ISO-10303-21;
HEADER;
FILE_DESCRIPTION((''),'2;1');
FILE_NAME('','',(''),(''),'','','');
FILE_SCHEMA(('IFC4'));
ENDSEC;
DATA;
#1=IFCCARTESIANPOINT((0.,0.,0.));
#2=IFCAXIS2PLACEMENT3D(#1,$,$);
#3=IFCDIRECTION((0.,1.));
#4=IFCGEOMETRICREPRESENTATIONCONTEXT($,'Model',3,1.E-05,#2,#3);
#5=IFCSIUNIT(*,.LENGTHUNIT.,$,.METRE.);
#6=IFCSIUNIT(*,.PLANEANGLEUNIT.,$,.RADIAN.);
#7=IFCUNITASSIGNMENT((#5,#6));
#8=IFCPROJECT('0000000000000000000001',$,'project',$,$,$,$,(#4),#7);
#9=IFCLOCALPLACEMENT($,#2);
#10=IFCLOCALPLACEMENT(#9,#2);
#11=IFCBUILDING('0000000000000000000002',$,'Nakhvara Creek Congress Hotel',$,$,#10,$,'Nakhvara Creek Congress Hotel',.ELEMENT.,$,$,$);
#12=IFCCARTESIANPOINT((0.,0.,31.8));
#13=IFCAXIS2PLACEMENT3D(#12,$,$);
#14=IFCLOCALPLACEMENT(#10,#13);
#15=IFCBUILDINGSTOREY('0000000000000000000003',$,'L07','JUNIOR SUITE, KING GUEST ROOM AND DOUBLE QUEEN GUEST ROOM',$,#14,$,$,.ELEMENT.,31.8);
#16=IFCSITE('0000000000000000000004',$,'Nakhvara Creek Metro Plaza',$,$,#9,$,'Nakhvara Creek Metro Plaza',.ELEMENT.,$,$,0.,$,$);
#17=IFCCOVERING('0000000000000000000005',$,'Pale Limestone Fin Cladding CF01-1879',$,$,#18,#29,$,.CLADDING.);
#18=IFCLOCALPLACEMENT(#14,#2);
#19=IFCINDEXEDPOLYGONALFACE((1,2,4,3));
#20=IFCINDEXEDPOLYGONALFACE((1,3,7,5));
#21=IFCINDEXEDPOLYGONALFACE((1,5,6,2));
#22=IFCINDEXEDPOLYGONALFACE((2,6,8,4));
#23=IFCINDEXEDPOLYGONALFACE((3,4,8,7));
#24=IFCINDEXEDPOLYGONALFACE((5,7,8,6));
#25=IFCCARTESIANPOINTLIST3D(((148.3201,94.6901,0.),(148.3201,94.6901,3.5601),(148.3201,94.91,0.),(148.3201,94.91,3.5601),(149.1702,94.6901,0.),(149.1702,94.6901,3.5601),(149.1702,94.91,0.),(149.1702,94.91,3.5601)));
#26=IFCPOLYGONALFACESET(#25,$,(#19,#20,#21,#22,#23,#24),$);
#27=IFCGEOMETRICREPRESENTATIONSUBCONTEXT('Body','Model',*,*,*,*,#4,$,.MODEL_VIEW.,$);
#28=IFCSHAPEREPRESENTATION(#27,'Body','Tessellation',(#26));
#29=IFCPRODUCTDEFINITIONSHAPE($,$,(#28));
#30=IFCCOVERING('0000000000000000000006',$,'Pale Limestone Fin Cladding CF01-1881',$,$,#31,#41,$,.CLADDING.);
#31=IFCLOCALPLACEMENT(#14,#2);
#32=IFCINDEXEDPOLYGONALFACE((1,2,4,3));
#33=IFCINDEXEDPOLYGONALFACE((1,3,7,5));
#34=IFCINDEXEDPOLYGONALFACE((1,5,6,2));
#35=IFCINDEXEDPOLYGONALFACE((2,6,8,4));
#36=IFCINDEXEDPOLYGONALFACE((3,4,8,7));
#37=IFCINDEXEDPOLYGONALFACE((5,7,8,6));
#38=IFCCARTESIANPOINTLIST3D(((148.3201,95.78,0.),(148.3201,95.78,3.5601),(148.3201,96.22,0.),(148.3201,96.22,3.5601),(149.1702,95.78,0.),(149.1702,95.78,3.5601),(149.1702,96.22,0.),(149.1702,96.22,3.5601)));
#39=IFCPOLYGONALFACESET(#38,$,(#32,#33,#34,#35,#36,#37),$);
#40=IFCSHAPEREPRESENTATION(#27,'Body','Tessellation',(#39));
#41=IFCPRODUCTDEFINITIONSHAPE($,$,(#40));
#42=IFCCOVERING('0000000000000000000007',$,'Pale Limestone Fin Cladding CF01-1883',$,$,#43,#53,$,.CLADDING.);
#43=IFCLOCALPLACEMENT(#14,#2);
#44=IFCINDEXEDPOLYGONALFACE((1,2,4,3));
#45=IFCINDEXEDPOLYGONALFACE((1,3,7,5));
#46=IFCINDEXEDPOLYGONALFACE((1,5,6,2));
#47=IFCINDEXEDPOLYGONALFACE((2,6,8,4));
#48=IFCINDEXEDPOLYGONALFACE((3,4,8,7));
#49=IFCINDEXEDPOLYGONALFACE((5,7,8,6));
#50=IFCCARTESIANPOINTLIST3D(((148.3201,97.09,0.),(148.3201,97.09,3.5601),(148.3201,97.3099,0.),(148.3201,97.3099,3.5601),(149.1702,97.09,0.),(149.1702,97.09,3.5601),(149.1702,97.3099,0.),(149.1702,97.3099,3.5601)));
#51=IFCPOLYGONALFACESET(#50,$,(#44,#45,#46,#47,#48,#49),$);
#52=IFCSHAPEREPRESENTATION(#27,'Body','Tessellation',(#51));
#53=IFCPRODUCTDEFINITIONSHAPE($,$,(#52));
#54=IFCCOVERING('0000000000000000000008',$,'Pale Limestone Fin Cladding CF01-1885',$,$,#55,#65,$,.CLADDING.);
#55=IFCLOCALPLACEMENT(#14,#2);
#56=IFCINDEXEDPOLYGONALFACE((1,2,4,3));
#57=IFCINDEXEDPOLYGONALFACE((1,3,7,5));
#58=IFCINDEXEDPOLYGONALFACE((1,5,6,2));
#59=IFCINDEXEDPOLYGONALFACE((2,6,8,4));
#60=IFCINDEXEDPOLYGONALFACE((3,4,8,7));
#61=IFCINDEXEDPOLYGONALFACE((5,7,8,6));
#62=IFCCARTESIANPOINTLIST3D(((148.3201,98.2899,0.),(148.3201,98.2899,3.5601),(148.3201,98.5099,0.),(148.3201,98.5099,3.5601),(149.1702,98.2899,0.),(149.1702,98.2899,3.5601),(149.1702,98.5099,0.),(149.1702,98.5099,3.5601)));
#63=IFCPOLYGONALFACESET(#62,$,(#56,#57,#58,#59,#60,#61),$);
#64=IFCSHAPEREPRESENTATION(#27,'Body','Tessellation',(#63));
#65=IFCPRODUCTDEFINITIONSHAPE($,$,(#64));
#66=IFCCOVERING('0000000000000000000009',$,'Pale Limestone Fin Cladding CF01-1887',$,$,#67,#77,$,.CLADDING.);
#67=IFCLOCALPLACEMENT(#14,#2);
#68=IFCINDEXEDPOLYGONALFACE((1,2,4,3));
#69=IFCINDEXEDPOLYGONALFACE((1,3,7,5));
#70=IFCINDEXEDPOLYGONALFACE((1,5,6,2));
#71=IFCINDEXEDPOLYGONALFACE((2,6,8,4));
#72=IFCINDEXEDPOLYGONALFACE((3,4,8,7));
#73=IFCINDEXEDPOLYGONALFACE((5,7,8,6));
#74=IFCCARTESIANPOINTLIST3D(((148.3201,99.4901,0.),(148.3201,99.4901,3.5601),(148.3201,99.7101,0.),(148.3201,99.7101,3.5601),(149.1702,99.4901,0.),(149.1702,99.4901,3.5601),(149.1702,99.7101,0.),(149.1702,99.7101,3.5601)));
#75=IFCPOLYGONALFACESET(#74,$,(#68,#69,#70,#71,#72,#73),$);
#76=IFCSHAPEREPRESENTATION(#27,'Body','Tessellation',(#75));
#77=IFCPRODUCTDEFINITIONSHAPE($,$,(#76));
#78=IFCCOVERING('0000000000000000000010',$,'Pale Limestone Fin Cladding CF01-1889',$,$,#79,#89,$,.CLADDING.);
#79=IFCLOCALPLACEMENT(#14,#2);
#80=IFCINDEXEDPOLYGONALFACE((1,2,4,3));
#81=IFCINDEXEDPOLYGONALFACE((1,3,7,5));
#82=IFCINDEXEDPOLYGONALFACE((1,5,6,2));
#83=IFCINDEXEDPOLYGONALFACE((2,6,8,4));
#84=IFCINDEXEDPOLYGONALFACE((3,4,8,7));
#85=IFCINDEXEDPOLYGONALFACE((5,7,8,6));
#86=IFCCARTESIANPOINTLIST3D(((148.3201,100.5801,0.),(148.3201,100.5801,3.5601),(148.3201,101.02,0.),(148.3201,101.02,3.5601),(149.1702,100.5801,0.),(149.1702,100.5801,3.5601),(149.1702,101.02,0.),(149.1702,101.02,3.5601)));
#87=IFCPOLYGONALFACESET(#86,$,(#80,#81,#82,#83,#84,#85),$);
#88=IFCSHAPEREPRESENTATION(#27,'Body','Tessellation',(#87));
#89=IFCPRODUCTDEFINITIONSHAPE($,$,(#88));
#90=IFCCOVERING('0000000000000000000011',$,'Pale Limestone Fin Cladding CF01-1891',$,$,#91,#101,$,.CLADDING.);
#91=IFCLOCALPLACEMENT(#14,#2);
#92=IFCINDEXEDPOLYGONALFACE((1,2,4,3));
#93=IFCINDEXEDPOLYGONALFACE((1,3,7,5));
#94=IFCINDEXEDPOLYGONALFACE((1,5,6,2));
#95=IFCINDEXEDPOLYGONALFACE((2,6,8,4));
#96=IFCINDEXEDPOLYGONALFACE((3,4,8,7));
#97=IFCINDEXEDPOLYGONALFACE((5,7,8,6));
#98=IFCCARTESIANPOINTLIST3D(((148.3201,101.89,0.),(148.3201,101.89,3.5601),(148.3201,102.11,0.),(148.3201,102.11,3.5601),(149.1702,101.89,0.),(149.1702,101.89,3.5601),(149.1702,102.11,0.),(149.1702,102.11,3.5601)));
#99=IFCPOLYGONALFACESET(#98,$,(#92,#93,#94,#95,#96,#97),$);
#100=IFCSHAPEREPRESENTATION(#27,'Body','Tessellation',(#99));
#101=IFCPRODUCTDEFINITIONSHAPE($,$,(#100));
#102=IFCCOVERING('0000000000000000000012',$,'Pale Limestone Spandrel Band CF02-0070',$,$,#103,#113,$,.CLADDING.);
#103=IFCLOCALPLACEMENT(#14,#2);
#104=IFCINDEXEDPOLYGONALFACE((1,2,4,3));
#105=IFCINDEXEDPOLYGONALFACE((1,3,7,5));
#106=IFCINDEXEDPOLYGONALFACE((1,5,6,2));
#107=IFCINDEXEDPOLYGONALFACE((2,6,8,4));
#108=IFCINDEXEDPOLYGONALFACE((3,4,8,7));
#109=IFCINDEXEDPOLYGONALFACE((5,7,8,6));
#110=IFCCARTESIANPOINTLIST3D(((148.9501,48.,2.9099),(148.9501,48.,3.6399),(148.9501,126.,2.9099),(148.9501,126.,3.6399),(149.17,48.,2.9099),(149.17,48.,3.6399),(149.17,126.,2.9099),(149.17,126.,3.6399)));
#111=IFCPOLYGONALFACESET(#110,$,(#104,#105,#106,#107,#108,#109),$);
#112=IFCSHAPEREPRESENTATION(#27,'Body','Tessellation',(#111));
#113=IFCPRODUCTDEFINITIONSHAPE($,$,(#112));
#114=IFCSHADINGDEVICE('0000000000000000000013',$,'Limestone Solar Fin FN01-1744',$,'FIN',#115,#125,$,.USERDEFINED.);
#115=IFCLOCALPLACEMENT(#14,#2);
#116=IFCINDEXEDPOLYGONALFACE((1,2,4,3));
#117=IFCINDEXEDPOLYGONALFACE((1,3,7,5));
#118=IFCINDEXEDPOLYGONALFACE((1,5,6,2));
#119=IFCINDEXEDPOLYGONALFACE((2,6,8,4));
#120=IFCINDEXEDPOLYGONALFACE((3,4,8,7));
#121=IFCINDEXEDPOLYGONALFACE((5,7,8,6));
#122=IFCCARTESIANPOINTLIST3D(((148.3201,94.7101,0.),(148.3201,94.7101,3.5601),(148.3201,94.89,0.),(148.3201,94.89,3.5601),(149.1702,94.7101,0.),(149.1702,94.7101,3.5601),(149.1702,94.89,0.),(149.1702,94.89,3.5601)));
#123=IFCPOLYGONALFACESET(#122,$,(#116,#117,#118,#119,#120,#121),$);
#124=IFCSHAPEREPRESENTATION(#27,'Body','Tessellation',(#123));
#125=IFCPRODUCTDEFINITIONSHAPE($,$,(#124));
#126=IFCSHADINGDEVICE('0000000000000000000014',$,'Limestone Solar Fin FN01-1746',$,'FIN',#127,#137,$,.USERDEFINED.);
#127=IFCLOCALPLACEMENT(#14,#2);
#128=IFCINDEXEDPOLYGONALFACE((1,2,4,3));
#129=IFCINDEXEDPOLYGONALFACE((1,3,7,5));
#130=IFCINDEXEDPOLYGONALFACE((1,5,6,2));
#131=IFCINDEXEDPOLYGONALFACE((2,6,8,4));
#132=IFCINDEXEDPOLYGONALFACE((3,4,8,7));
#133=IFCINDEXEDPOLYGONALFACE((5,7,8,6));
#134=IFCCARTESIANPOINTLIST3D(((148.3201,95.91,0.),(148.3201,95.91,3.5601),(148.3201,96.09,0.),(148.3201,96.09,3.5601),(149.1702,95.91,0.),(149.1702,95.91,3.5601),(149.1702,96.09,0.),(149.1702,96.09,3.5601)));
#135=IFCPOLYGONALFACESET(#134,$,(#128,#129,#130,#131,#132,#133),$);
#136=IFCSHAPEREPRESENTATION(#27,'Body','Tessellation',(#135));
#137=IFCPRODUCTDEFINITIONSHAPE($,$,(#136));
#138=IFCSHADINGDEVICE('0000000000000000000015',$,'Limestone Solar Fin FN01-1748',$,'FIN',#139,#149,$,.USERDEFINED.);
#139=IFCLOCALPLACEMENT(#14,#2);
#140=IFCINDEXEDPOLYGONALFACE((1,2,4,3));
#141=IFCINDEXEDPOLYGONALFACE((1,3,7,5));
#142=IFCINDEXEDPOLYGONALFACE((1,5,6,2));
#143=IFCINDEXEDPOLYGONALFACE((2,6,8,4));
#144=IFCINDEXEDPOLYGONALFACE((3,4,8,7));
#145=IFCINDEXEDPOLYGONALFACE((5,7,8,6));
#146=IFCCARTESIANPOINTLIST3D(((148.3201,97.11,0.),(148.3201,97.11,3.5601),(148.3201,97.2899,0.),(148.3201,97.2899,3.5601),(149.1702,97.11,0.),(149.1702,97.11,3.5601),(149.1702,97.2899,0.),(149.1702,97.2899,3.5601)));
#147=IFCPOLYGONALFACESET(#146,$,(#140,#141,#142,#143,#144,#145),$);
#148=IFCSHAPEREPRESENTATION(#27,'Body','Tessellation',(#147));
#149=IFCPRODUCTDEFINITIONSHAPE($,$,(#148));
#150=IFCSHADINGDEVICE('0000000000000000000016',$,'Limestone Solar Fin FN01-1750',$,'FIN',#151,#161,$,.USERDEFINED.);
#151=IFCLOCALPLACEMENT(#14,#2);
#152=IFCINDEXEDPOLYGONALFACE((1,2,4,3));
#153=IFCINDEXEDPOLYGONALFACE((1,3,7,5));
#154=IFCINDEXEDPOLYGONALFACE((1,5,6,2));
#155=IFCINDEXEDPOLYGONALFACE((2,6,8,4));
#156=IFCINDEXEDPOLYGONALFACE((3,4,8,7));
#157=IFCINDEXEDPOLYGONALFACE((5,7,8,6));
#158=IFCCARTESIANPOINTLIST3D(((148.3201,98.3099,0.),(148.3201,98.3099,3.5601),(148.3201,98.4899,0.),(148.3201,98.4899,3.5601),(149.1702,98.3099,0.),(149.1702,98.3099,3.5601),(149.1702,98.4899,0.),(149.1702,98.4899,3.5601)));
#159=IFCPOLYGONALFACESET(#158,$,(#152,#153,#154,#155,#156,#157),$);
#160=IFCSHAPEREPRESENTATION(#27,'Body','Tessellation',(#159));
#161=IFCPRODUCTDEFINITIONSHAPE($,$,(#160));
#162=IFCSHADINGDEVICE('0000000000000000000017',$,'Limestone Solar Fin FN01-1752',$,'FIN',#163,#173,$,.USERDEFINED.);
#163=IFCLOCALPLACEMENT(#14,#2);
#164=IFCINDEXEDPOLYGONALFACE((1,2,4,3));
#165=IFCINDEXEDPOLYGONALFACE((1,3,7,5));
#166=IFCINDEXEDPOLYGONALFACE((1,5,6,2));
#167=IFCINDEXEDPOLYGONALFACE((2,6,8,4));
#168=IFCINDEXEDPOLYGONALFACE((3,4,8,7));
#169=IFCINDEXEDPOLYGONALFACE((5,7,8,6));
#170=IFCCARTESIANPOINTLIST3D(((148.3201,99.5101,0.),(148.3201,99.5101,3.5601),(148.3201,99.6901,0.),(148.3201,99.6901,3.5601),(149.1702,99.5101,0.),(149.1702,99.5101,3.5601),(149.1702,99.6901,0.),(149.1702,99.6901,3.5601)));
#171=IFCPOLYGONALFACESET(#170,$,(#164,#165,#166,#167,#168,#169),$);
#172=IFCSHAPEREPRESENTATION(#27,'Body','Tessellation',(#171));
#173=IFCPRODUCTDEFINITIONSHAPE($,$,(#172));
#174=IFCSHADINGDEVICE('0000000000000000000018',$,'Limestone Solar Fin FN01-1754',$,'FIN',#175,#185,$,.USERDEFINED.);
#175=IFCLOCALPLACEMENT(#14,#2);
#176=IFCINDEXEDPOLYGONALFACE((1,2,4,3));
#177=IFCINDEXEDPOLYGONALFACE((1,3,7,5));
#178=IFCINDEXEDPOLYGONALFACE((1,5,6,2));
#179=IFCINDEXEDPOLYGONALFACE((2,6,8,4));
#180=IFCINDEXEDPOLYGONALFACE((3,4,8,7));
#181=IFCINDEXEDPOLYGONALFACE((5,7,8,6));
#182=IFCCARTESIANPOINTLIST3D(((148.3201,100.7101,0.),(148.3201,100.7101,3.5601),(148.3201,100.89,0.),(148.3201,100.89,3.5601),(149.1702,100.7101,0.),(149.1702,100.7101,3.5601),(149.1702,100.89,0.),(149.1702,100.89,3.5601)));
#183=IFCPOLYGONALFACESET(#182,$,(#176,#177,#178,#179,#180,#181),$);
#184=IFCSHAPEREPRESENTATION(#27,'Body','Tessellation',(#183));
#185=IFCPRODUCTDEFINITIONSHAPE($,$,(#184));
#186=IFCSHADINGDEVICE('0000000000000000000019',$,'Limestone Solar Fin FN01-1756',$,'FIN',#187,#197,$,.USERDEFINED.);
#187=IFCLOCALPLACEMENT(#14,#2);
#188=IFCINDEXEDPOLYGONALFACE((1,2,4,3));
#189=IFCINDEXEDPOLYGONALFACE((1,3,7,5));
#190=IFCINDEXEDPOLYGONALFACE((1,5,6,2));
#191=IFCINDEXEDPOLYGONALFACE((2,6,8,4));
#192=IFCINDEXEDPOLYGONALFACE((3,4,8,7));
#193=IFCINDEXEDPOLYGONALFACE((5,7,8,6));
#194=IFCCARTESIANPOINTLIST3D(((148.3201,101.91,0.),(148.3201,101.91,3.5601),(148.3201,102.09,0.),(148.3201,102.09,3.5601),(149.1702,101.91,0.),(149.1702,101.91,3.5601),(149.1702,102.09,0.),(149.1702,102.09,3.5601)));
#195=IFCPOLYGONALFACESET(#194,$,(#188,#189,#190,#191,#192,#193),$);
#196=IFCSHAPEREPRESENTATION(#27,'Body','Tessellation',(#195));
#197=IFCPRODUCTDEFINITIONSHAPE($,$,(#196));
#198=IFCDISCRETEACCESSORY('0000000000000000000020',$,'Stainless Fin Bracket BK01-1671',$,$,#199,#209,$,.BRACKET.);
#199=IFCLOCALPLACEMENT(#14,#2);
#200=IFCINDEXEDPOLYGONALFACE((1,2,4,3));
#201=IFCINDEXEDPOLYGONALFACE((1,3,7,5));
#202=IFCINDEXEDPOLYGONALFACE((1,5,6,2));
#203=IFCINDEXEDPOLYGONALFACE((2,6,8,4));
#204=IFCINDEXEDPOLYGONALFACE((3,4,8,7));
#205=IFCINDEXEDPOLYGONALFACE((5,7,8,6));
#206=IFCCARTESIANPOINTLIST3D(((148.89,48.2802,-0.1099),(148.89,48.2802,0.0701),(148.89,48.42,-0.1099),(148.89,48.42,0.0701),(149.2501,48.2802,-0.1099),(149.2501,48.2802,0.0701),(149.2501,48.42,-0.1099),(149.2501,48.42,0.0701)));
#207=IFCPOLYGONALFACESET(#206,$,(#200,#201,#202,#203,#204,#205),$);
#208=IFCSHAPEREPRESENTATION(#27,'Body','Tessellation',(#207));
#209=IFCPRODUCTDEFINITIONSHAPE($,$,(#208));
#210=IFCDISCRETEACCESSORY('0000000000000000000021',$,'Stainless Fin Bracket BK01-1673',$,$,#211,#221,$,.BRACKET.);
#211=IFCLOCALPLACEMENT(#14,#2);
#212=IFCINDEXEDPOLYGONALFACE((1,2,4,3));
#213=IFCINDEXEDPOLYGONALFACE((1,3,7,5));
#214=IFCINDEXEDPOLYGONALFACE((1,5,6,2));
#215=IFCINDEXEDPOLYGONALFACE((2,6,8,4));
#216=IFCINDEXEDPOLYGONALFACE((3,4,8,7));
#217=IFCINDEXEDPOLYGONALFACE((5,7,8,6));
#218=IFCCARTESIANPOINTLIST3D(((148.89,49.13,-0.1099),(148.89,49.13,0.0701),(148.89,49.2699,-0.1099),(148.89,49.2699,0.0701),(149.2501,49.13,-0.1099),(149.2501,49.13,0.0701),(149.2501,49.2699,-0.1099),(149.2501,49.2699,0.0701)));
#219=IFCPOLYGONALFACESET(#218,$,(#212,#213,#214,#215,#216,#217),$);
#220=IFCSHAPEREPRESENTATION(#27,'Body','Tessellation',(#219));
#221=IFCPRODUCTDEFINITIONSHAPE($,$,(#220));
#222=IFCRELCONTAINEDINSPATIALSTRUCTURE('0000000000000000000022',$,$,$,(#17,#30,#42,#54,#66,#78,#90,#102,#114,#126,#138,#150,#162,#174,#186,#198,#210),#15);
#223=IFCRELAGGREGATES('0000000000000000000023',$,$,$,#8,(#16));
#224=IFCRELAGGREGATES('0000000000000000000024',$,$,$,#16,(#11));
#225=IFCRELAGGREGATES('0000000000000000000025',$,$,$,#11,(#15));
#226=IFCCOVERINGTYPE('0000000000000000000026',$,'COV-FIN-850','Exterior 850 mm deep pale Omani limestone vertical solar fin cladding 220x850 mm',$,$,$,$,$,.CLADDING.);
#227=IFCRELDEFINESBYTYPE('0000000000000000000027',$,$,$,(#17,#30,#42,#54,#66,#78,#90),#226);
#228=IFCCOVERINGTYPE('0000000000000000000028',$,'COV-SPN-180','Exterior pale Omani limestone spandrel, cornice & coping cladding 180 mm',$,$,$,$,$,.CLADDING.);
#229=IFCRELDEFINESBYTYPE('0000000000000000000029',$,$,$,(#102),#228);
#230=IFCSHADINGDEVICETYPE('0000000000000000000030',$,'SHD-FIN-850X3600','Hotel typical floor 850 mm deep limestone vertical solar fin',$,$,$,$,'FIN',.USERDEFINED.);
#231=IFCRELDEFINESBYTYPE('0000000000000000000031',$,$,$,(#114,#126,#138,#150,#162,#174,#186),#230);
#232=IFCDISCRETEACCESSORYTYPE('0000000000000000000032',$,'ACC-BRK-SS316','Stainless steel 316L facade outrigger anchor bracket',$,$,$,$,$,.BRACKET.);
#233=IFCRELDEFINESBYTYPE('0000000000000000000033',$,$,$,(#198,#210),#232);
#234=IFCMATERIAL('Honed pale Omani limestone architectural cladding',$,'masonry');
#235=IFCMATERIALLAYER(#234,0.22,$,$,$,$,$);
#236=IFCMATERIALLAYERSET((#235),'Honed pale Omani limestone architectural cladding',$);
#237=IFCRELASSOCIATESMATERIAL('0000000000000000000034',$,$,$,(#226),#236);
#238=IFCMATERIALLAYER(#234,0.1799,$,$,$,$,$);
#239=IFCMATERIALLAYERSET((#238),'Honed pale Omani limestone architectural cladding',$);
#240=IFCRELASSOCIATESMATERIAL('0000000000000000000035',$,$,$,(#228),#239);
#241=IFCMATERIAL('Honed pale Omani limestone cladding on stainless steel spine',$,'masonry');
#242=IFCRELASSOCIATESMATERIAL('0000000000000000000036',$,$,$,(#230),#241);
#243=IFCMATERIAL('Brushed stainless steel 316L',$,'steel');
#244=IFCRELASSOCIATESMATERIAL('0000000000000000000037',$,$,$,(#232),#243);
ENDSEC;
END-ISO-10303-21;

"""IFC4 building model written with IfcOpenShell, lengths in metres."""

from ifc_helpers import new_model, si_unit, direction, frame, origin, origin_2d, place, context, subcontext, project, spatial, rectangle, extrude, material, layer, layer_set, type_object, element, save


model = new_model("IFC4")

# Units and contexts
model_context = context("Model", 3, precision=1e-05, world=origin(), true_north=direction((0.0, 1.0)))
body_context = subcontext(model_context, "Body", "Model", "MODEL_VIEW")
ifc_project = project(units=[si_unit("LENGTHUNIT", "METRE"), si_unit("PLANEANGLEUNIT", "RADIAN")], contexts=[model_context])

# Site, building, storey
site_placement = place(None, origin())
site = spatial("IfcSite", under=ifc_project, at=site_placement, Name="Nakhvara Creek Metro Plaza", LongName="Nakhvara Creek Metro Plaza", CompositionType="ELEMENT", RefElevation=0.0)
building_placement = place(site_placement, origin())
building = spatial("IfcBuilding", under=site, at=building_placement, Name="Nakhvara Creek Congress Hotel", LongName="Nakhvara Creek Congress Hotel", CompositionType="ELEMENT")
storey_placement = place(building_placement, frame((0.0, 0.0, 31.8)))
storey = spatial("IfcBuildingStorey", under=building, at=storey_placement, Name="L07", Description="JUNIOR SUITE, KING GUEST ROOM AND DOUBLE QUEEN GUEST ROOM", CompositionType="ELEMENT", Elevation=31.8)

# Coverings
ifc_material_1 = material(Name="Honed pale Omani limestone architectural cladding", Category="masonry")
ifc_layer_1 = layer(ifc_material_1, 0.22)
ifc_layer_set_1 = layer_set([ifc_layer_1], Name="Honed pale Omani limestone architectural cladding")
covering_type_1 = type_object("IfcCoveringType", Name="COV-FIN-850", Description="Exterior 850 mm deep pale Omani limestone vertical solar fin cladding 220x850 mm", PredefinedType="CLADDING", material=ifc_layer_set_1)
covering_1_placement = place(storey_placement, frame((148.7451, 94.8, 0.0), z_axis=(0.0, 0.0, 1.0), x_axis=(0.0, 1.0, 0.0)))
element("IfcCovering", 1, at=covering_1_placement, inside=storey, type_object=covering_type_1, Name="Pale Limestone Fin Cladding CF01-1879", PredefinedType="CLADDING", context=body_context, shape_type="SweptSolid", body=[
    extrude(rectangle(XDim=0.22, YDim=0.8501, at=origin_2d()), origin(), (0.0, 0.0, 1.0), 3.5601),
])
covering_2_placement = place(storey_placement, frame((148.7451, 96.0, 0.0), z_axis=(0.0, 0.0, 1.0), x_axis=(0.0, 1.0, 0.0)))
element("IfcCovering", 2, at=covering_2_placement, inside=storey, type_object=covering_type_1, Name="Pale Limestone Fin Cladding CF01-1881", PredefinedType="CLADDING", context=body_context, shape_type="SweptSolid", body=[
    extrude(rectangle(XDim=0.4399, YDim=0.8501, at=origin_2d()), origin(), (0.0, 0.0, 1.0), 3.5601),
])
for number, where, z_axis, x_axis, name in (
    (3, (148.7451, 97.2, 0.0), (0.0, 0.0, 1.0), (0.0, 1.0, 0.0), "Pale Limestone Fin Cladding CF01-1883"),
    (4, (148.7451, 98.3999, 0.0), (0.0, 0.0, 1.0), (0.0, 1.0, 0.0), "Pale Limestone Fin Cladding CF01-1885"),
    (5, (148.7451, 99.6001, 0.0), (0.0, 0.0, 1.0), (0.0, 1.0, 0.0), "Pale Limestone Fin Cladding CF01-1887"),
):
    element("IfcCovering", number, at=place(storey_placement, frame(where, z_axis=z_axis, x_axis=x_axis)), inside=storey, type_object=covering_type_1, Name=name, PredefinedType="CLADDING", context=body_context, shape_type="SweptSolid", body=[
        extrude(rectangle(XDim=0.22, YDim=0.8501, at=origin_2d()), origin(), (0.0, 0.0, 1.0), 3.5601),
    ])
covering_3_placement = place(storey_placement, frame((148.7451, 100.8, 0.0), z_axis=(0.0, 0.0, 1.0), x_axis=(0.0, 1.0, 0.0)))
element("IfcCovering", 6, at=covering_3_placement, inside=storey, type_object=covering_type_1, Name="Pale Limestone Fin Cladding CF01-1889", PredefinedType="CLADDING", context=body_context, shape_type="SweptSolid", body=[
    extrude(rectangle(XDim=0.4399, YDim=0.8501, at=origin_2d()), origin(), (0.0, 0.0, 1.0), 3.5601),
])
covering_4_placement = place(storey_placement, frame((148.7451, 102.0, 0.0), z_axis=(0.0, 0.0, 1.0), x_axis=(0.0, 1.0, 0.0)))
element("IfcCovering", 7, at=covering_4_placement, inside=storey, type_object=covering_type_1, Name="Pale Limestone Fin Cladding CF01-1891", PredefinedType="CLADDING", context=body_context, shape_type="SweptSolid", body=[
    extrude(rectangle(XDim=0.22, YDim=0.8501, at=origin_2d()), origin(), (0.0, 0.0, 1.0), 3.5601),
])
ifc_layer_2 = layer(ifc_material_1, 0.1799)
ifc_layer_set_2 = layer_set([ifc_layer_2], Name="Honed pale Omani limestone architectural cladding")
covering_type_2 = type_object("IfcCoveringType", Name="COV-SPN-180", Description="Exterior pale Omani limestone spandrel, cornice & coping cladding 180 mm", PredefinedType="CLADDING", material=ifc_layer_set_2)
covering_5_placement = place(storey_placement, frame((149.0601, 87.0, 2.9099), z_axis=(0.0, 0.0, 1.0), x_axis=(0.0, 1.0, 0.0)))
element("IfcCovering", 8, at=covering_5_placement, inside=storey, type_object=covering_type_2, Name="Pale Limestone Spandrel Band CF02-0070", PredefinedType="CLADDING", context=body_context, shape_type="SweptSolid", body=[
    extrude(rectangle(XDim=78.0, YDim=0.22, at=origin_2d()), origin(), (0.0, 0.0, 1.0), 0.73),
])

# Shading devices
ifc_material_2 = material(Name="Honed pale Omani limestone cladding on stainless steel spine", Category="masonry")
shading_device_type = type_object("IfcShadingDeviceType", Name="SHD-FIN-850X3600", Description="Hotel typical floor 850 mm deep limestone vertical solar fin", ElementType="FIN", PredefinedType="USERDEFINED", material=ifc_material_2)
for number, where, z_axis, x_axis, name in (
    (9, (148.7451, 94.8, 0.0), (0.0, 0.0, 1.0), (0.0, 1.0, 0.0), "Limestone Solar Fin FN01-1744"),
    (10, (148.7451, 96.0, 0.0), (0.0, 0.0, 1.0), (0.0, 1.0, 0.0), "Limestone Solar Fin FN01-1746"),
    (11, (148.7451, 97.2, 0.0), (0.0, 0.0, 1.0), (0.0, 1.0, 0.0), "Limestone Solar Fin FN01-1748"),
    (12, (148.7451, 98.3999, 0.0), (0.0, 0.0, 1.0), (0.0, 1.0, 0.0), "Limestone Solar Fin FN01-1750"),
    (13, (148.7451, 99.6001, 0.0), (0.0, 0.0, 1.0), (0.0, 1.0, 0.0), "Limestone Solar Fin FN01-1752"),
    (14, (148.7451, 100.8, 0.0), (0.0, 0.0, 1.0), (0.0, 1.0, 0.0), "Limestone Solar Fin FN01-1754"),
    (15, (148.7451, 102.0, 0.0), (0.0, 0.0, 1.0), (0.0, 1.0, 0.0), "Limestone Solar Fin FN01-1756"),
):
    element("IfcShadingDevice", number, at=place(storey_placement, frame(where, z_axis=z_axis, x_axis=x_axis)), inside=storey, type_object=shading_device_type, Name=name, ObjectType="FIN", PredefinedType="USERDEFINED", context=body_context, shape_type="SweptSolid", body=[
        extrude(rectangle(XDim=0.1799, YDim=0.8501, at=origin_2d()), origin(), (0.0, 0.0, 1.0), 3.5601),
    ])

# Discrete accessories
ifc_material_3 = material(Name="Brushed stainless steel 316L", Category="steel")
discrete_accessory_type = type_object("IfcDiscreteAccessoryType", Name="ACC-BRK-SS316", Description="Stainless steel 316L facade outrigger anchor bracket", PredefinedType="BRACKET", material=ifc_material_3)
for number, where, z_axis, x_axis, name in (
    (16, (149.0701, 48.3501, -0.1099), (0.0, 0.0, 1.0), (0.0, 1.0, 0.0), "Stainless Fin Bracket BK01-1671"),
    (17, (149.0701, 49.2, -0.1099), (0.0, 0.0, 1.0), (0.0, 1.0, 0.0), "Stainless Fin Bracket BK01-1673"),
):
    element("IfcDiscreteAccessory", number, at=place(storey_placement, frame(where, z_axis=z_axis, x_axis=x_axis)), inside=storey, type_object=discrete_accessory_type, Name=name, PredefinedType="BRACKET", context=body_context, shape_type="SweptSolid", body=[
        extrude(rectangle(XDim=0.1399, YDim=0.3601, at=origin_2d()), origin(), (0.0, 0.0, 1.0), 0.1799),
    ])

save(model, "model.ifc")
